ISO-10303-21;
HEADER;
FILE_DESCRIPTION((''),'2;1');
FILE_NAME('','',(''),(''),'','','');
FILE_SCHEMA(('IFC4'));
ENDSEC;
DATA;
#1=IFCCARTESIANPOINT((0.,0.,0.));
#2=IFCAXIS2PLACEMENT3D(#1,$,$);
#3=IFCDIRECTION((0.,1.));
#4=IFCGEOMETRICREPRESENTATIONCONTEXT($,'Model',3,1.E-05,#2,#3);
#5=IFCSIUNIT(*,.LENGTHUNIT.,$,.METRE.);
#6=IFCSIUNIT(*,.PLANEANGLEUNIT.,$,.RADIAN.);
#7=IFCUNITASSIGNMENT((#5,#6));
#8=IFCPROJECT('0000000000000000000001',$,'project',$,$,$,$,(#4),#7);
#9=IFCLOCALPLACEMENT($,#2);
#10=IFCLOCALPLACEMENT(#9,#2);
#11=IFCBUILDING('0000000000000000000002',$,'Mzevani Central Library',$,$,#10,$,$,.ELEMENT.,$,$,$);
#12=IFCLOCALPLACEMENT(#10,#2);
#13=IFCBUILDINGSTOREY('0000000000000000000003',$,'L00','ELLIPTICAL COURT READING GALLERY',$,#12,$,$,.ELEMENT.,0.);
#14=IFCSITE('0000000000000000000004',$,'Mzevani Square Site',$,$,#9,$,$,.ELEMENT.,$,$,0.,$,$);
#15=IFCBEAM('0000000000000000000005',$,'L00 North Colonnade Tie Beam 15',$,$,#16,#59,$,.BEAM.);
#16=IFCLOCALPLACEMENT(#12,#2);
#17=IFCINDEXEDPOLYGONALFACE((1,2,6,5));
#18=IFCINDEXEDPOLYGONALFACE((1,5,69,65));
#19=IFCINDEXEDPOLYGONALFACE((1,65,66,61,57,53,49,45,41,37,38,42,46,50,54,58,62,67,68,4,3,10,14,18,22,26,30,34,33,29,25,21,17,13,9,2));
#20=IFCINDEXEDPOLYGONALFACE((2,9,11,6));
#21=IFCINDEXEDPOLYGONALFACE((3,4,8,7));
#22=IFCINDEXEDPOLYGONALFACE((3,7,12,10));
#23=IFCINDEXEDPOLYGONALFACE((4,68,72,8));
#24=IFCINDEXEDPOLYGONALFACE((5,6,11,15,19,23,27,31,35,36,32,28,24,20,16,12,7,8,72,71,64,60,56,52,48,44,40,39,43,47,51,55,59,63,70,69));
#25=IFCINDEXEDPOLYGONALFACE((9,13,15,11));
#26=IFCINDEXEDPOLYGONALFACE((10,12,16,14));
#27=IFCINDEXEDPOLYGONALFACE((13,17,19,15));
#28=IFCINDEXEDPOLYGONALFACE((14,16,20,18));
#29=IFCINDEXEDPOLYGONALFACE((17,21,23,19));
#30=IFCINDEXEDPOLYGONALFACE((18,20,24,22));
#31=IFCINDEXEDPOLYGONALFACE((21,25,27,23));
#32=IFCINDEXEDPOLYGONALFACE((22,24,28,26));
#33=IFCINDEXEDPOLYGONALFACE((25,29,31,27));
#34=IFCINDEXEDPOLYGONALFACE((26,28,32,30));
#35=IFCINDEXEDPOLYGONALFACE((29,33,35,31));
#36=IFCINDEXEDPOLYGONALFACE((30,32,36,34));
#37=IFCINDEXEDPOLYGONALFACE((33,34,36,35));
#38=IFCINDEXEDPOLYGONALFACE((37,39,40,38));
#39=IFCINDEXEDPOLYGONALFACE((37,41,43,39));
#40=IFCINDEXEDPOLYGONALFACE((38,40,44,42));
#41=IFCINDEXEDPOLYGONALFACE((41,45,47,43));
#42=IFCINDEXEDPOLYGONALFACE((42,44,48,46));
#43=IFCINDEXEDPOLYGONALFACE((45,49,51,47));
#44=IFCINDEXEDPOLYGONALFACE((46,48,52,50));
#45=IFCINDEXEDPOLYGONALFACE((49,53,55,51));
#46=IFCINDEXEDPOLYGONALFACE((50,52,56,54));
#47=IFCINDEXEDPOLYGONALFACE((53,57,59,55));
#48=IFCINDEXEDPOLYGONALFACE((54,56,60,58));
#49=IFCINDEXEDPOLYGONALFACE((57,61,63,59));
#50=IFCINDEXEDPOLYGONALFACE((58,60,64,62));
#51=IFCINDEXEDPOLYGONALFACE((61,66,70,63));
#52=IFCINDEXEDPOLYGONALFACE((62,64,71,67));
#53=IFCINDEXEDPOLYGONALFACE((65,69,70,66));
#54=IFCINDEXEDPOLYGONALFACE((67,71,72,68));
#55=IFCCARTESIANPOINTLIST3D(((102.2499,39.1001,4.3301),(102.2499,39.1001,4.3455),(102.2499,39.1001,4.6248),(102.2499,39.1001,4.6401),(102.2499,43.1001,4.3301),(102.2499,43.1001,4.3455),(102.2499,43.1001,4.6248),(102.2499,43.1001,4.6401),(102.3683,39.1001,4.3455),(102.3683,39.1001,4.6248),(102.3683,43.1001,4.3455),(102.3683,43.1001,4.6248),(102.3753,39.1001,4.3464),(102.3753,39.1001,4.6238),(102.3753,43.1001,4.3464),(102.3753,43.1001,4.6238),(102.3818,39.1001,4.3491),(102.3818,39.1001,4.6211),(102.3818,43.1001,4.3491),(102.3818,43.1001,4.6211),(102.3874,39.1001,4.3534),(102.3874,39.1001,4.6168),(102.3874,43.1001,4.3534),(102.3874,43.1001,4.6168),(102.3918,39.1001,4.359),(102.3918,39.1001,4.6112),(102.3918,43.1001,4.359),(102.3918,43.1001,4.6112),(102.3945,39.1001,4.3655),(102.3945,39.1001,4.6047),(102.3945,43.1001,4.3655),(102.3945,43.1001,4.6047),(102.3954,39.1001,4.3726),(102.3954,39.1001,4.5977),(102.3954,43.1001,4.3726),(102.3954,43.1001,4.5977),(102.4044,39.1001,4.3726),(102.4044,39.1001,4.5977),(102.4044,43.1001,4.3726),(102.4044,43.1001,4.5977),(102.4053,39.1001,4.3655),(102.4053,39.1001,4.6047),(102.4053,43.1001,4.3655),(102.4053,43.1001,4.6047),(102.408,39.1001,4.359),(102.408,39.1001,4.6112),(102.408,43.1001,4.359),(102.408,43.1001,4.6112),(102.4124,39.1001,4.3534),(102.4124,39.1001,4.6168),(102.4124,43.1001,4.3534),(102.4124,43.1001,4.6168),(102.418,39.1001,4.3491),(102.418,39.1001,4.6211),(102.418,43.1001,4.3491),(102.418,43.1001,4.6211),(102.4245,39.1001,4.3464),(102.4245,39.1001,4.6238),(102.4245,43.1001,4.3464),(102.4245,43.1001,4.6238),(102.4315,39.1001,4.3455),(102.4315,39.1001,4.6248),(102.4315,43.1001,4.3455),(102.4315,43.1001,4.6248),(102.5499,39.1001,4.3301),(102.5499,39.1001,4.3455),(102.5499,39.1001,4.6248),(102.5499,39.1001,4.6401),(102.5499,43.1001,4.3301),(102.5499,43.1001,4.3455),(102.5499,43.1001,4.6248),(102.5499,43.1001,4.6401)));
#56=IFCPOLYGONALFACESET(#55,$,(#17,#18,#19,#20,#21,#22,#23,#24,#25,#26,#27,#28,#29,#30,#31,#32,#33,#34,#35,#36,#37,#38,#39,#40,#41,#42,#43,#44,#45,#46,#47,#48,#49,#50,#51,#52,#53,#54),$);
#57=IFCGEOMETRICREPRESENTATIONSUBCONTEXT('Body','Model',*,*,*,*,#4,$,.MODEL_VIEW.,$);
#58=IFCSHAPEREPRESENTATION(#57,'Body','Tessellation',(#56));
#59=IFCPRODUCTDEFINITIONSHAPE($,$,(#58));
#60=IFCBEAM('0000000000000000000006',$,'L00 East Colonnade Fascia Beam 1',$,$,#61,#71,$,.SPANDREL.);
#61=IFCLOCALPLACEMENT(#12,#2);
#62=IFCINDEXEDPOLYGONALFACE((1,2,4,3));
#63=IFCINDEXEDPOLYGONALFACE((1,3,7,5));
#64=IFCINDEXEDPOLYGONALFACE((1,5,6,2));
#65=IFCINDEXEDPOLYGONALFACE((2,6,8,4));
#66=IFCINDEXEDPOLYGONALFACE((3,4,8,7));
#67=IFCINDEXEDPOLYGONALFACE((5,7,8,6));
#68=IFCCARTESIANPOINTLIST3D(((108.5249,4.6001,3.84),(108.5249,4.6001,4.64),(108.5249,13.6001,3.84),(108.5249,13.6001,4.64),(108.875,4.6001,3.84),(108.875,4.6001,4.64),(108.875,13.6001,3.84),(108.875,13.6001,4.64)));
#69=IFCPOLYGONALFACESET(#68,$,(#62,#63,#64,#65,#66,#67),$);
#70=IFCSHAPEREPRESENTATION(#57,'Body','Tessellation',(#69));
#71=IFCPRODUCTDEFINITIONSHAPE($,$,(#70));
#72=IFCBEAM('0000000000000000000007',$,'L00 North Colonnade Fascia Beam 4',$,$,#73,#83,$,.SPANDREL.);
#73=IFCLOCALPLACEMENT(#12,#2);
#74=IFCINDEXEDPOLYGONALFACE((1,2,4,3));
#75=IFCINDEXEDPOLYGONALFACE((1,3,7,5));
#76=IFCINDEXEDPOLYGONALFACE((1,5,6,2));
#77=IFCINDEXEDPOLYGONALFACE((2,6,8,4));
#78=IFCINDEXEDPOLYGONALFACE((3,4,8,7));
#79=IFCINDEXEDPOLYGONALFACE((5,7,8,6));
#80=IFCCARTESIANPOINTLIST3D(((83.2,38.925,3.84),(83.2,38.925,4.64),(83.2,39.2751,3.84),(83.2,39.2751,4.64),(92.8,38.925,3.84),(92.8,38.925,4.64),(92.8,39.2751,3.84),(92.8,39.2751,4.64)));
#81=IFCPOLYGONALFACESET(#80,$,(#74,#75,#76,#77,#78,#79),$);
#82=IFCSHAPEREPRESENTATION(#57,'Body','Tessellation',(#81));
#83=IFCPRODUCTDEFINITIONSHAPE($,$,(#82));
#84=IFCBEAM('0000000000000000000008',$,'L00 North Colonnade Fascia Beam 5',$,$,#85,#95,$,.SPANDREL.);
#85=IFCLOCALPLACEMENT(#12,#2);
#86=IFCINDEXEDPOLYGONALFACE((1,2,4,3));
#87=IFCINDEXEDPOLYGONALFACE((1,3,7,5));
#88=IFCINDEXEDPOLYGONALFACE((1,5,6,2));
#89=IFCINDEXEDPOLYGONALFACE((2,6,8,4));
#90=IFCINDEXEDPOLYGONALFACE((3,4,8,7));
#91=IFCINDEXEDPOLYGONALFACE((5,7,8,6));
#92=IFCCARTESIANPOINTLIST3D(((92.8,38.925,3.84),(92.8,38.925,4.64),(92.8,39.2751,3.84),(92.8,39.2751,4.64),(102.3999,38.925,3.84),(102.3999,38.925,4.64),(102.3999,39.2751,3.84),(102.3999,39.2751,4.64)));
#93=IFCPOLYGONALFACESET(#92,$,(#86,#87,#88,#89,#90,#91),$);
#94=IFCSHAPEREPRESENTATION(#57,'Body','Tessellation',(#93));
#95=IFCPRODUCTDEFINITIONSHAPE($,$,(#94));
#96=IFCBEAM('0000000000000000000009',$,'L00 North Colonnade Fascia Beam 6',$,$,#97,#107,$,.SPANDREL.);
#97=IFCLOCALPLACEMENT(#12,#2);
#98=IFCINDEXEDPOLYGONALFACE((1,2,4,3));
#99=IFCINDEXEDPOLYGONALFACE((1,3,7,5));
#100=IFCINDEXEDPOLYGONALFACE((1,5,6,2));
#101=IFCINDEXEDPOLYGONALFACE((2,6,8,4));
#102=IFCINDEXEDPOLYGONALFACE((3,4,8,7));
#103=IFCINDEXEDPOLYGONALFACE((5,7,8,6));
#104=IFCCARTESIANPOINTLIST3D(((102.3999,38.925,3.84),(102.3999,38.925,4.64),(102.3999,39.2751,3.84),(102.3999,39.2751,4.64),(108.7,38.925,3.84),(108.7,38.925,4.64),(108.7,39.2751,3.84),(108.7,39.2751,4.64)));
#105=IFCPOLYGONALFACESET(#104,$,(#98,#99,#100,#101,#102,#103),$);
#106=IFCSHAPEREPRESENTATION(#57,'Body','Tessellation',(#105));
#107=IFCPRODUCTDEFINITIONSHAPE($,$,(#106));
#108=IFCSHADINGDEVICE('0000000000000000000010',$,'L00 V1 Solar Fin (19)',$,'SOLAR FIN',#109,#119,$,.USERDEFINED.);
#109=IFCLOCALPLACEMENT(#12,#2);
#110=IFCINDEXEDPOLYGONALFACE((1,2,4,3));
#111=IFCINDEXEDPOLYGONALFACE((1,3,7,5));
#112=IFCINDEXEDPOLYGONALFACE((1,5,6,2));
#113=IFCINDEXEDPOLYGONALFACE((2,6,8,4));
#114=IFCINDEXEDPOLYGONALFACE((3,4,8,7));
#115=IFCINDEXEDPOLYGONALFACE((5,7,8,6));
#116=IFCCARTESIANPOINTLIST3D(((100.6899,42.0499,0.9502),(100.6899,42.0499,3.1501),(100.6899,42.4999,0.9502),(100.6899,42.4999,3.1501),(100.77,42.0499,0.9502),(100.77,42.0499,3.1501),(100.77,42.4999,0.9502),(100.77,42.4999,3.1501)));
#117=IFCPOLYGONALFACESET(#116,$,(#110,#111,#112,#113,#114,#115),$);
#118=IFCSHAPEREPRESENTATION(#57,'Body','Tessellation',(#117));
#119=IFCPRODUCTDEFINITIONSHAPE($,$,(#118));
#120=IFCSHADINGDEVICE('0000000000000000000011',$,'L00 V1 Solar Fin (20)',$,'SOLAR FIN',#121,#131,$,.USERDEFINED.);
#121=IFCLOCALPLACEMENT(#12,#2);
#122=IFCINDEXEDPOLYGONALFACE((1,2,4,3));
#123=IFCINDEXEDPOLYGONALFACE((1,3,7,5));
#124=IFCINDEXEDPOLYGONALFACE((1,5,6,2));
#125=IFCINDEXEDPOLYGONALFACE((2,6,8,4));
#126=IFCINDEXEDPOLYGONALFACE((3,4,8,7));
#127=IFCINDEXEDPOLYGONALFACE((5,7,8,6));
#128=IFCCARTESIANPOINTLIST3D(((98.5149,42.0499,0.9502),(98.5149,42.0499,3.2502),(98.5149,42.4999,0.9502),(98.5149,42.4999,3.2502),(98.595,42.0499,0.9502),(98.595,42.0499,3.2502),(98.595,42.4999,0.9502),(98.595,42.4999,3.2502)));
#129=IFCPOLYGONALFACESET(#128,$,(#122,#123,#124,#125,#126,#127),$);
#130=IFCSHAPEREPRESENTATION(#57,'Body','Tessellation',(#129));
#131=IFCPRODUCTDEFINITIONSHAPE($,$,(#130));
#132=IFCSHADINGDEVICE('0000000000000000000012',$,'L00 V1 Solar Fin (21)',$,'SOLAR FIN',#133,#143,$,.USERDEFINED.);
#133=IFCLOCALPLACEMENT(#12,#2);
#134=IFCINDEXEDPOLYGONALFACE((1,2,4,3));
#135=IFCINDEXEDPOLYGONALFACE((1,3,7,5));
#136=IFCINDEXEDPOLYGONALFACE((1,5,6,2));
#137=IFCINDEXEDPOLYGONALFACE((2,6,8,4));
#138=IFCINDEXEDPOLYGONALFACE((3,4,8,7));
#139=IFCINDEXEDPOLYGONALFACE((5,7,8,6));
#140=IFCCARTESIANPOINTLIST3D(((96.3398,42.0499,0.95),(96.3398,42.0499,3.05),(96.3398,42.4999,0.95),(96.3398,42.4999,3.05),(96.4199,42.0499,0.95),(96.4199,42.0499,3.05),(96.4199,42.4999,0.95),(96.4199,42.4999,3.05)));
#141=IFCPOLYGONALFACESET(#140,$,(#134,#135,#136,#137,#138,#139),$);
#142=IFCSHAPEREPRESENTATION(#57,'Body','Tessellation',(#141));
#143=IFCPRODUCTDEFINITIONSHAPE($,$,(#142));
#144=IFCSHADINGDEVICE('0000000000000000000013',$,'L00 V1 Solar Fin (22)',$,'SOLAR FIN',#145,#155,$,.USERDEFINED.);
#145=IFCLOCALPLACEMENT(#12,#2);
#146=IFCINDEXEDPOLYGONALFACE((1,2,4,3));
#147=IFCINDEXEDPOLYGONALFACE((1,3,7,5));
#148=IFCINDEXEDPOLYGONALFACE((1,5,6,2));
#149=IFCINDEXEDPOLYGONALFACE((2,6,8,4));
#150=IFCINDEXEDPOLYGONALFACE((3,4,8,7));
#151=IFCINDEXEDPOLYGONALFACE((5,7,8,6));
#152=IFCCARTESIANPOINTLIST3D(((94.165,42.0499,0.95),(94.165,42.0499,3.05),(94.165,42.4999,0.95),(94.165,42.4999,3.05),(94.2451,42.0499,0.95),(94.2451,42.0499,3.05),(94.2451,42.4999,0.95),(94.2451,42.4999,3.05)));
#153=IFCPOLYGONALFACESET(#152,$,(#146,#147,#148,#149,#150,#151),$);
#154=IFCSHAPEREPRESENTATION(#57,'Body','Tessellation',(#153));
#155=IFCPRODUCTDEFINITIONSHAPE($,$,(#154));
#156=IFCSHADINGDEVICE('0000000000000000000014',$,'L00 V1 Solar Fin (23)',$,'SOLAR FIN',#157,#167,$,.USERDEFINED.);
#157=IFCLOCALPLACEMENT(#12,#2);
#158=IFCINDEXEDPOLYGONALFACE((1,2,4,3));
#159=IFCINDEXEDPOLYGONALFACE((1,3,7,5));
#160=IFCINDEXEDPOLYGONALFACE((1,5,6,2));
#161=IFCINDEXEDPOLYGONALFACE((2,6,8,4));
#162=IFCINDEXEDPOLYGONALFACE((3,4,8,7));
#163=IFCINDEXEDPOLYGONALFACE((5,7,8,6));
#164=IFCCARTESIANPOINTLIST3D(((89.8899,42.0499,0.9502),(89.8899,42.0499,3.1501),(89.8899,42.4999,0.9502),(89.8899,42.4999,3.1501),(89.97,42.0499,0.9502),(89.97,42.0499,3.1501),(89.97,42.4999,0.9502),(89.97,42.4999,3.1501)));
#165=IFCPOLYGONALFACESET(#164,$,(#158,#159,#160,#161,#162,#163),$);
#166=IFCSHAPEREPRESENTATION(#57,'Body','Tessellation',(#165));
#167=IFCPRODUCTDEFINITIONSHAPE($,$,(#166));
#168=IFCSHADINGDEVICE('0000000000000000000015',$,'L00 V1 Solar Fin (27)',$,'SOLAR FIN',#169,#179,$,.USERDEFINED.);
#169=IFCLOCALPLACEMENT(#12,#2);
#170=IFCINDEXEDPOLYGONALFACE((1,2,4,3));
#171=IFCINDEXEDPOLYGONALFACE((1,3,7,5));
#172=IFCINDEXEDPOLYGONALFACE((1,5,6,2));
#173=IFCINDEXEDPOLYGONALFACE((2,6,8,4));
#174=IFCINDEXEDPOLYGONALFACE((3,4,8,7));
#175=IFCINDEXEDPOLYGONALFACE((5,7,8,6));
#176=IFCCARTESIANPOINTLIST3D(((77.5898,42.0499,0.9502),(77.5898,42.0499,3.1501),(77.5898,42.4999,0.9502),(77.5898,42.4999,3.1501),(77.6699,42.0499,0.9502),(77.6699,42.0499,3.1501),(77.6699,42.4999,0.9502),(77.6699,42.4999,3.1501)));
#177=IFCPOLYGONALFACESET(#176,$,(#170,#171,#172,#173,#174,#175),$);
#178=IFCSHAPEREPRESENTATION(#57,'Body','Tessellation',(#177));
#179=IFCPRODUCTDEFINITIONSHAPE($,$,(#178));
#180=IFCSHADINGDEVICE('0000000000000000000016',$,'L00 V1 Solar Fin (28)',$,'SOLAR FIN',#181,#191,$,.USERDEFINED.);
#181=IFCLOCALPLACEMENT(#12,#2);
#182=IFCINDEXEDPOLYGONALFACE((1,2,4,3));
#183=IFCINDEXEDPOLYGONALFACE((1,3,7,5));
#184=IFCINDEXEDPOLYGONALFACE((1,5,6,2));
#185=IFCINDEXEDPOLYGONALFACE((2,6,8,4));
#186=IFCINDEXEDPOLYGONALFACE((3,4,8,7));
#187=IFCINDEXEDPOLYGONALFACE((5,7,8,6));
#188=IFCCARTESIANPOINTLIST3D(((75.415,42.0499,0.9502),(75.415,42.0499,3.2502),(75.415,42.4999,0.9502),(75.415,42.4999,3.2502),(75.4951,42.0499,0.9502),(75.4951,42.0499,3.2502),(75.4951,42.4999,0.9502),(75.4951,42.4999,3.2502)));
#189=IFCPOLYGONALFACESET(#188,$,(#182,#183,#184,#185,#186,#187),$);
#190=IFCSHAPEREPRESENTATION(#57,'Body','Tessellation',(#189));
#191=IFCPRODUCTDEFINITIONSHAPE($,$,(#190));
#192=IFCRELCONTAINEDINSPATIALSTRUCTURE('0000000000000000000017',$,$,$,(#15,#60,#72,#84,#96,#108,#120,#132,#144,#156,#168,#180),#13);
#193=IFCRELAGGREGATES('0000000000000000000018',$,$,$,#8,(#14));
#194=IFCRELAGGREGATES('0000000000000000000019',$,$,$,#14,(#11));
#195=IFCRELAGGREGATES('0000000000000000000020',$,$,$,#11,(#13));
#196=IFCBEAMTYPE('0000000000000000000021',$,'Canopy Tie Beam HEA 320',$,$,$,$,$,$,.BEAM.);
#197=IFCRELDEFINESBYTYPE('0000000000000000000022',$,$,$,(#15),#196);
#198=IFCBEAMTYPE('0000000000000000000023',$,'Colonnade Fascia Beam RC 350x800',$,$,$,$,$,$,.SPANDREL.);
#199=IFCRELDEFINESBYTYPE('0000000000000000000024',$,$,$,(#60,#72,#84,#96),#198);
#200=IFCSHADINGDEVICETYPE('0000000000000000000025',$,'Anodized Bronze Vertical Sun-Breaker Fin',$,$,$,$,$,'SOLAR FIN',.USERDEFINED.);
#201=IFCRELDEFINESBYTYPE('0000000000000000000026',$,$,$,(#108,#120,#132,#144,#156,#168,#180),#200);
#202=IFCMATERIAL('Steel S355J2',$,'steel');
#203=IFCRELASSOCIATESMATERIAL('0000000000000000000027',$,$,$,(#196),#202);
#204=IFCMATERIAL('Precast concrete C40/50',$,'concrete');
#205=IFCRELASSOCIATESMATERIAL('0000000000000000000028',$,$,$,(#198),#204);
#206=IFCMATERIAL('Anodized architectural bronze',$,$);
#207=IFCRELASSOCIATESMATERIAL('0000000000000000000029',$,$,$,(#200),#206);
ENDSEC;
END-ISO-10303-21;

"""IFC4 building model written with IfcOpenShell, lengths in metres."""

from ifc_helpers import new_model, si_unit, direction, frame, origin, origin_2d, place, context, subcontext, project, spatial, rectangle, i_section, extrude, material, material_profile, profile_set, type_object, element, save


model = new_model("IFC4")

# Units and contexts
model_context = context("Model", 3, precision=1e-05, world=origin(), true_north=direction((0.0, 1.0)))
body_context = subcontext(model_context, "Body", "Model", "MODEL_VIEW")
ifc_project = project(units=[si_unit("LENGTHUNIT", "METRE"), si_unit("PLANEANGLEUNIT", "RADIAN")], contexts=[model_context])

# Site, building, storey
site_placement = place(None, origin())
site = spatial("IfcSite", under=ifc_project, at=site_placement, Name="Mzevani Square Site", CompositionType="ELEMENT", RefElevation=0.0)
building_placement = place(site_placement, origin())
building = spatial("IfcBuilding", under=site, at=building_placement, Name="Mzevani Central Library", CompositionType="ELEMENT")
storey_placement = place(building_placement, origin())
storey = spatial("IfcBuildingStorey", under=building, at=storey_placement, Name="L00", Description="ELLIPTICAL COURT READING GALLERY", CompositionType="ELEMENT", Elevation=0.0)

# Shared definitions
ifc_material_1 = material(Name="Precast concrete C40/50", Category="concrete")

# Beams
ifc_material_2 = material(Name="Steel S355J2", Category="steel")
ifc_material_profile_1 = material_profile(ifc_material_2, i_section(OverallWidth=0.3, OverallDepth=0.3101, WebThickness=0.009, FlangeThickness=0.0154, FilletRadius=0.0271, at=origin_2d()), Name="HEA 320")
ifc_profile_set_1 = profile_set([ifc_material_profile_1], Name="Steel S355J2")
beam_type_1 = type_object("IfcBeamType", Name="Canopy Tie Beam HEA 320", PredefinedType="BEAM", material=ifc_profile_set_1)
for number, where, z_axis, x_axis, name in (
    (1, (102.3999, 39.1001, 4.4851), (0.0, 1.0, 0.0), (-1.0, 0.0, 0.0), "L00 North Colonnade Tie Beam 15"),
):
    element("IfcBeam", number, at=place(storey_placement, frame(where, z_axis=z_axis, x_axis=x_axis)), inside=storey, type_object=beam_type_1, Name=name, PredefinedType="BEAM", context=body_context, shape_type="SweptSolid", body=[
        extrude(i_section(OverallWidth=0.3, OverallDepth=0.3101, WebThickness=0.009, FlangeThickness=0.0154, FilletRadius=0.0271, at=origin_2d()), origin(), (0.0, 0.0, 1.0), 4.0),
    ])
ifc_material_profile_2 = material_profile(ifc_material_1, rectangle(XDim=0.3501, YDim=0.8, at=origin_2d()), Name="RC SP350x800")
ifc_profile_set_2 = profile_set([ifc_material_profile_2], Name="Precast concrete C40/50")
beam_type_2 = type_object("IfcBeamType", Name="Colonnade Fascia Beam RC 350x800", PredefinedType="SPANDREL", material=ifc_profile_set_2)
beam_1_placement = place(storey_placement, frame((108.7, 4.6001, 4.24), z_axis=(0.0, 1.0, 0.0), x_axis=(-1.0, 0.0, 0.0)))
element("IfcBeam", 2, at=beam_1_placement, inside=storey, type_object=beam_type_2, Name="L00 East Colonnade Fascia Beam 1", PredefinedType="SPANDREL", context=body_context, shape_type="SweptSolid", body=[
    extrude(rectangle(XDim=0.3501, YDim=0.8, at=origin_2d()), origin(), (0.0, 0.0, 1.0), 9.0),
])
beam_2_placement = place(storey_placement, frame((83.2, 39.1001, 4.24), z_axis=(1.0, 0.0, 0.0), x_axis=(0.0, 1.0, 0.0)))
element("IfcBeam", 3, at=beam_2_placement, inside=storey, type_object=beam_type_2, Name="L00 North Colonnade Fascia Beam 4", PredefinedType="SPANDREL", context=body_context, shape_type="SweptSolid", body=[
    extrude(rectangle(XDim=0.3501, YDim=0.8, at=origin_2d()), origin(), (0.0, 0.0, 1.0), 9.6001),
])
beam_3_placement = place(storey_placement, frame((92.8, 39.1001, 4.24), z_axis=(1.0, 0.0, 0.0), x_axis=(0.0, 1.0, 0.0)))
element("IfcBeam", 4, at=beam_3_placement, inside=storey, type_object=beam_type_2, Name="L00 North Colonnade Fascia Beam 5", PredefinedType="SPANDREL", context=body_context, shape_type="SweptSolid", body=[
    extrude(rectangle(XDim=0.3501, YDim=0.8, at=origin_2d()), origin(), (0.0, 0.0, 1.0), 9.5999),
])
beam_4_placement = place(storey_placement, frame((102.3999, 39.1001, 4.24), z_axis=(1.0, 0.0, 0.0), x_axis=(0.0, 1.0, 0.0)))
element("IfcBeam", 5, at=beam_4_placement, inside=storey, type_object=beam_type_2, Name="L00 North Colonnade Fascia Beam 6", PredefinedType="SPANDREL", context=body_context, shape_type="SweptSolid", body=[
    extrude(rectangle(XDim=0.3501, YDim=0.8, at=origin_2d()), origin(), (0.0, 0.0, 1.0), 6.3),
])

# Shading devices
ifc_material_3 = material(Name="Anodized architectural bronze")
shading_device_type_1 = type_object("IfcShadingDeviceType", Name="Anodized Bronze Vertical Sun-Breaker Fin", ElementType="SOLAR FIN", PredefinedType="USERDEFINED", material=ifc_material_3)
shading_device_1_placement = place(storey_placement, frame((100.73, 42.2749, 0.9502), z_axis=(0.0, 0.0, 1.0), x_axis=(-1.0, 0.0, 0.0)))
element("IfcShadingDevice", 6, at=shading_device_1_placement, inside=storey, type_object=shading_device_type_1, Name="L00 V1 Solar Fin (19)", ObjectType="SOLAR FIN", PredefinedType="USERDEFINED", context=body_context, shape_type="SweptSolid", body=[
    extrude(rectangle(XDim=0.0801, YDim=0.45, at=origin_2d()), origin(), (0.0, 0.0, 1.0), 2.2),
])
shading_device_2_placement = place(storey_placement, frame((98.5549, 42.2749, 0.9502), z_axis=(0.0, 0.0, 1.0), x_axis=(-1.0, 0.0, 0.0)))
element("IfcShadingDevice", 7, at=shading_device_2_placement, inside=storey, type_object=shading_device_type_1, Name="L00 V1 Solar Fin (20)", ObjectType="SOLAR FIN", PredefinedType="USERDEFINED", context=body_context, shape_type="SweptSolid", body=[
    extrude(rectangle(XDim=0.0801, YDim=0.45, at=origin_2d()), origin(), (0.0, 0.0, 1.0), 2.3),
])
for number, where, z_axis, x_axis, name in (
    (8, (96.3799, 42.2749, 0.95), (0.0, 0.0, 1.0), (-1.0, 0.0, 0.0), "L00 V1 Solar Fin (21)"),
    (9, (94.2051, 42.2749, 0.95), (0.0, 0.0, 1.0), (-1.0, 0.0, 0.0), "L00 V1 Solar Fin (22)"),
):
    element("IfcShadingDevice", number, at=place(storey_placement, frame(where, z_axis=z_axis, x_axis=x_axis)), inside=storey, type_object=shading_device_type_1, Name=name, ObjectType="SOLAR FIN", PredefinedType="USERDEFINED", context=body_context, shape_type="SweptSolid", body=[
        extrude(rectangle(XDim=0.0801, YDim=0.45, at=origin_2d()), origin(), (0.0, 0.0, 1.0), 2.1001),
    ])
for number, where, z_axis, x_axis, name in (
    (10, (89.9299, 42.2749, 0.9502), (0.0, 0.0, 1.0), (-1.0, 0.0, 0.0), "L00 V1 Solar Fin (23)"),
    (11, (77.6299, 42.2749, 0.9502), (0.0, 0.0, 1.0), (-1.0, 0.0, 0.0), "L00 V1 Solar Fin (27)"),
):
    element("IfcShadingDevice", number, at=place(storey_placement, frame(where, z_axis=z_axis, x_axis=x_axis)), inside=storey, type_object=shading_device_type_1, Name=name, ObjectType="SOLAR FIN", PredefinedType="USERDEFINED", context=body_context, shape_type="SweptSolid", body=[
        extrude(rectangle(XDim=0.0801, YDim=0.45, at=origin_2d()), origin(), (0.0, 0.0, 1.0), 2.2),
    ])
shading_device_3_placement = place(storey_placement, frame((75.4551, 42.2749, 0.9502), z_axis=(0.0, 0.0, 1.0), x_axis=(-1.0, 0.0, 0.0)))
element("IfcShadingDevice", 12, at=shading_device_3_placement, inside=storey, type_object=shading_device_type_1, Name="L00 V1 Solar Fin (28)", ObjectType="SOLAR FIN", PredefinedType="USERDEFINED", context=body_context, shape_type="SweptSolid", body=[
    extrude(rectangle(XDim=0.0801, YDim=0.45, at=origin_2d()), origin(), (0.0, 0.0, 1.0), 2.3),
])

save(model, "model.ifc")
